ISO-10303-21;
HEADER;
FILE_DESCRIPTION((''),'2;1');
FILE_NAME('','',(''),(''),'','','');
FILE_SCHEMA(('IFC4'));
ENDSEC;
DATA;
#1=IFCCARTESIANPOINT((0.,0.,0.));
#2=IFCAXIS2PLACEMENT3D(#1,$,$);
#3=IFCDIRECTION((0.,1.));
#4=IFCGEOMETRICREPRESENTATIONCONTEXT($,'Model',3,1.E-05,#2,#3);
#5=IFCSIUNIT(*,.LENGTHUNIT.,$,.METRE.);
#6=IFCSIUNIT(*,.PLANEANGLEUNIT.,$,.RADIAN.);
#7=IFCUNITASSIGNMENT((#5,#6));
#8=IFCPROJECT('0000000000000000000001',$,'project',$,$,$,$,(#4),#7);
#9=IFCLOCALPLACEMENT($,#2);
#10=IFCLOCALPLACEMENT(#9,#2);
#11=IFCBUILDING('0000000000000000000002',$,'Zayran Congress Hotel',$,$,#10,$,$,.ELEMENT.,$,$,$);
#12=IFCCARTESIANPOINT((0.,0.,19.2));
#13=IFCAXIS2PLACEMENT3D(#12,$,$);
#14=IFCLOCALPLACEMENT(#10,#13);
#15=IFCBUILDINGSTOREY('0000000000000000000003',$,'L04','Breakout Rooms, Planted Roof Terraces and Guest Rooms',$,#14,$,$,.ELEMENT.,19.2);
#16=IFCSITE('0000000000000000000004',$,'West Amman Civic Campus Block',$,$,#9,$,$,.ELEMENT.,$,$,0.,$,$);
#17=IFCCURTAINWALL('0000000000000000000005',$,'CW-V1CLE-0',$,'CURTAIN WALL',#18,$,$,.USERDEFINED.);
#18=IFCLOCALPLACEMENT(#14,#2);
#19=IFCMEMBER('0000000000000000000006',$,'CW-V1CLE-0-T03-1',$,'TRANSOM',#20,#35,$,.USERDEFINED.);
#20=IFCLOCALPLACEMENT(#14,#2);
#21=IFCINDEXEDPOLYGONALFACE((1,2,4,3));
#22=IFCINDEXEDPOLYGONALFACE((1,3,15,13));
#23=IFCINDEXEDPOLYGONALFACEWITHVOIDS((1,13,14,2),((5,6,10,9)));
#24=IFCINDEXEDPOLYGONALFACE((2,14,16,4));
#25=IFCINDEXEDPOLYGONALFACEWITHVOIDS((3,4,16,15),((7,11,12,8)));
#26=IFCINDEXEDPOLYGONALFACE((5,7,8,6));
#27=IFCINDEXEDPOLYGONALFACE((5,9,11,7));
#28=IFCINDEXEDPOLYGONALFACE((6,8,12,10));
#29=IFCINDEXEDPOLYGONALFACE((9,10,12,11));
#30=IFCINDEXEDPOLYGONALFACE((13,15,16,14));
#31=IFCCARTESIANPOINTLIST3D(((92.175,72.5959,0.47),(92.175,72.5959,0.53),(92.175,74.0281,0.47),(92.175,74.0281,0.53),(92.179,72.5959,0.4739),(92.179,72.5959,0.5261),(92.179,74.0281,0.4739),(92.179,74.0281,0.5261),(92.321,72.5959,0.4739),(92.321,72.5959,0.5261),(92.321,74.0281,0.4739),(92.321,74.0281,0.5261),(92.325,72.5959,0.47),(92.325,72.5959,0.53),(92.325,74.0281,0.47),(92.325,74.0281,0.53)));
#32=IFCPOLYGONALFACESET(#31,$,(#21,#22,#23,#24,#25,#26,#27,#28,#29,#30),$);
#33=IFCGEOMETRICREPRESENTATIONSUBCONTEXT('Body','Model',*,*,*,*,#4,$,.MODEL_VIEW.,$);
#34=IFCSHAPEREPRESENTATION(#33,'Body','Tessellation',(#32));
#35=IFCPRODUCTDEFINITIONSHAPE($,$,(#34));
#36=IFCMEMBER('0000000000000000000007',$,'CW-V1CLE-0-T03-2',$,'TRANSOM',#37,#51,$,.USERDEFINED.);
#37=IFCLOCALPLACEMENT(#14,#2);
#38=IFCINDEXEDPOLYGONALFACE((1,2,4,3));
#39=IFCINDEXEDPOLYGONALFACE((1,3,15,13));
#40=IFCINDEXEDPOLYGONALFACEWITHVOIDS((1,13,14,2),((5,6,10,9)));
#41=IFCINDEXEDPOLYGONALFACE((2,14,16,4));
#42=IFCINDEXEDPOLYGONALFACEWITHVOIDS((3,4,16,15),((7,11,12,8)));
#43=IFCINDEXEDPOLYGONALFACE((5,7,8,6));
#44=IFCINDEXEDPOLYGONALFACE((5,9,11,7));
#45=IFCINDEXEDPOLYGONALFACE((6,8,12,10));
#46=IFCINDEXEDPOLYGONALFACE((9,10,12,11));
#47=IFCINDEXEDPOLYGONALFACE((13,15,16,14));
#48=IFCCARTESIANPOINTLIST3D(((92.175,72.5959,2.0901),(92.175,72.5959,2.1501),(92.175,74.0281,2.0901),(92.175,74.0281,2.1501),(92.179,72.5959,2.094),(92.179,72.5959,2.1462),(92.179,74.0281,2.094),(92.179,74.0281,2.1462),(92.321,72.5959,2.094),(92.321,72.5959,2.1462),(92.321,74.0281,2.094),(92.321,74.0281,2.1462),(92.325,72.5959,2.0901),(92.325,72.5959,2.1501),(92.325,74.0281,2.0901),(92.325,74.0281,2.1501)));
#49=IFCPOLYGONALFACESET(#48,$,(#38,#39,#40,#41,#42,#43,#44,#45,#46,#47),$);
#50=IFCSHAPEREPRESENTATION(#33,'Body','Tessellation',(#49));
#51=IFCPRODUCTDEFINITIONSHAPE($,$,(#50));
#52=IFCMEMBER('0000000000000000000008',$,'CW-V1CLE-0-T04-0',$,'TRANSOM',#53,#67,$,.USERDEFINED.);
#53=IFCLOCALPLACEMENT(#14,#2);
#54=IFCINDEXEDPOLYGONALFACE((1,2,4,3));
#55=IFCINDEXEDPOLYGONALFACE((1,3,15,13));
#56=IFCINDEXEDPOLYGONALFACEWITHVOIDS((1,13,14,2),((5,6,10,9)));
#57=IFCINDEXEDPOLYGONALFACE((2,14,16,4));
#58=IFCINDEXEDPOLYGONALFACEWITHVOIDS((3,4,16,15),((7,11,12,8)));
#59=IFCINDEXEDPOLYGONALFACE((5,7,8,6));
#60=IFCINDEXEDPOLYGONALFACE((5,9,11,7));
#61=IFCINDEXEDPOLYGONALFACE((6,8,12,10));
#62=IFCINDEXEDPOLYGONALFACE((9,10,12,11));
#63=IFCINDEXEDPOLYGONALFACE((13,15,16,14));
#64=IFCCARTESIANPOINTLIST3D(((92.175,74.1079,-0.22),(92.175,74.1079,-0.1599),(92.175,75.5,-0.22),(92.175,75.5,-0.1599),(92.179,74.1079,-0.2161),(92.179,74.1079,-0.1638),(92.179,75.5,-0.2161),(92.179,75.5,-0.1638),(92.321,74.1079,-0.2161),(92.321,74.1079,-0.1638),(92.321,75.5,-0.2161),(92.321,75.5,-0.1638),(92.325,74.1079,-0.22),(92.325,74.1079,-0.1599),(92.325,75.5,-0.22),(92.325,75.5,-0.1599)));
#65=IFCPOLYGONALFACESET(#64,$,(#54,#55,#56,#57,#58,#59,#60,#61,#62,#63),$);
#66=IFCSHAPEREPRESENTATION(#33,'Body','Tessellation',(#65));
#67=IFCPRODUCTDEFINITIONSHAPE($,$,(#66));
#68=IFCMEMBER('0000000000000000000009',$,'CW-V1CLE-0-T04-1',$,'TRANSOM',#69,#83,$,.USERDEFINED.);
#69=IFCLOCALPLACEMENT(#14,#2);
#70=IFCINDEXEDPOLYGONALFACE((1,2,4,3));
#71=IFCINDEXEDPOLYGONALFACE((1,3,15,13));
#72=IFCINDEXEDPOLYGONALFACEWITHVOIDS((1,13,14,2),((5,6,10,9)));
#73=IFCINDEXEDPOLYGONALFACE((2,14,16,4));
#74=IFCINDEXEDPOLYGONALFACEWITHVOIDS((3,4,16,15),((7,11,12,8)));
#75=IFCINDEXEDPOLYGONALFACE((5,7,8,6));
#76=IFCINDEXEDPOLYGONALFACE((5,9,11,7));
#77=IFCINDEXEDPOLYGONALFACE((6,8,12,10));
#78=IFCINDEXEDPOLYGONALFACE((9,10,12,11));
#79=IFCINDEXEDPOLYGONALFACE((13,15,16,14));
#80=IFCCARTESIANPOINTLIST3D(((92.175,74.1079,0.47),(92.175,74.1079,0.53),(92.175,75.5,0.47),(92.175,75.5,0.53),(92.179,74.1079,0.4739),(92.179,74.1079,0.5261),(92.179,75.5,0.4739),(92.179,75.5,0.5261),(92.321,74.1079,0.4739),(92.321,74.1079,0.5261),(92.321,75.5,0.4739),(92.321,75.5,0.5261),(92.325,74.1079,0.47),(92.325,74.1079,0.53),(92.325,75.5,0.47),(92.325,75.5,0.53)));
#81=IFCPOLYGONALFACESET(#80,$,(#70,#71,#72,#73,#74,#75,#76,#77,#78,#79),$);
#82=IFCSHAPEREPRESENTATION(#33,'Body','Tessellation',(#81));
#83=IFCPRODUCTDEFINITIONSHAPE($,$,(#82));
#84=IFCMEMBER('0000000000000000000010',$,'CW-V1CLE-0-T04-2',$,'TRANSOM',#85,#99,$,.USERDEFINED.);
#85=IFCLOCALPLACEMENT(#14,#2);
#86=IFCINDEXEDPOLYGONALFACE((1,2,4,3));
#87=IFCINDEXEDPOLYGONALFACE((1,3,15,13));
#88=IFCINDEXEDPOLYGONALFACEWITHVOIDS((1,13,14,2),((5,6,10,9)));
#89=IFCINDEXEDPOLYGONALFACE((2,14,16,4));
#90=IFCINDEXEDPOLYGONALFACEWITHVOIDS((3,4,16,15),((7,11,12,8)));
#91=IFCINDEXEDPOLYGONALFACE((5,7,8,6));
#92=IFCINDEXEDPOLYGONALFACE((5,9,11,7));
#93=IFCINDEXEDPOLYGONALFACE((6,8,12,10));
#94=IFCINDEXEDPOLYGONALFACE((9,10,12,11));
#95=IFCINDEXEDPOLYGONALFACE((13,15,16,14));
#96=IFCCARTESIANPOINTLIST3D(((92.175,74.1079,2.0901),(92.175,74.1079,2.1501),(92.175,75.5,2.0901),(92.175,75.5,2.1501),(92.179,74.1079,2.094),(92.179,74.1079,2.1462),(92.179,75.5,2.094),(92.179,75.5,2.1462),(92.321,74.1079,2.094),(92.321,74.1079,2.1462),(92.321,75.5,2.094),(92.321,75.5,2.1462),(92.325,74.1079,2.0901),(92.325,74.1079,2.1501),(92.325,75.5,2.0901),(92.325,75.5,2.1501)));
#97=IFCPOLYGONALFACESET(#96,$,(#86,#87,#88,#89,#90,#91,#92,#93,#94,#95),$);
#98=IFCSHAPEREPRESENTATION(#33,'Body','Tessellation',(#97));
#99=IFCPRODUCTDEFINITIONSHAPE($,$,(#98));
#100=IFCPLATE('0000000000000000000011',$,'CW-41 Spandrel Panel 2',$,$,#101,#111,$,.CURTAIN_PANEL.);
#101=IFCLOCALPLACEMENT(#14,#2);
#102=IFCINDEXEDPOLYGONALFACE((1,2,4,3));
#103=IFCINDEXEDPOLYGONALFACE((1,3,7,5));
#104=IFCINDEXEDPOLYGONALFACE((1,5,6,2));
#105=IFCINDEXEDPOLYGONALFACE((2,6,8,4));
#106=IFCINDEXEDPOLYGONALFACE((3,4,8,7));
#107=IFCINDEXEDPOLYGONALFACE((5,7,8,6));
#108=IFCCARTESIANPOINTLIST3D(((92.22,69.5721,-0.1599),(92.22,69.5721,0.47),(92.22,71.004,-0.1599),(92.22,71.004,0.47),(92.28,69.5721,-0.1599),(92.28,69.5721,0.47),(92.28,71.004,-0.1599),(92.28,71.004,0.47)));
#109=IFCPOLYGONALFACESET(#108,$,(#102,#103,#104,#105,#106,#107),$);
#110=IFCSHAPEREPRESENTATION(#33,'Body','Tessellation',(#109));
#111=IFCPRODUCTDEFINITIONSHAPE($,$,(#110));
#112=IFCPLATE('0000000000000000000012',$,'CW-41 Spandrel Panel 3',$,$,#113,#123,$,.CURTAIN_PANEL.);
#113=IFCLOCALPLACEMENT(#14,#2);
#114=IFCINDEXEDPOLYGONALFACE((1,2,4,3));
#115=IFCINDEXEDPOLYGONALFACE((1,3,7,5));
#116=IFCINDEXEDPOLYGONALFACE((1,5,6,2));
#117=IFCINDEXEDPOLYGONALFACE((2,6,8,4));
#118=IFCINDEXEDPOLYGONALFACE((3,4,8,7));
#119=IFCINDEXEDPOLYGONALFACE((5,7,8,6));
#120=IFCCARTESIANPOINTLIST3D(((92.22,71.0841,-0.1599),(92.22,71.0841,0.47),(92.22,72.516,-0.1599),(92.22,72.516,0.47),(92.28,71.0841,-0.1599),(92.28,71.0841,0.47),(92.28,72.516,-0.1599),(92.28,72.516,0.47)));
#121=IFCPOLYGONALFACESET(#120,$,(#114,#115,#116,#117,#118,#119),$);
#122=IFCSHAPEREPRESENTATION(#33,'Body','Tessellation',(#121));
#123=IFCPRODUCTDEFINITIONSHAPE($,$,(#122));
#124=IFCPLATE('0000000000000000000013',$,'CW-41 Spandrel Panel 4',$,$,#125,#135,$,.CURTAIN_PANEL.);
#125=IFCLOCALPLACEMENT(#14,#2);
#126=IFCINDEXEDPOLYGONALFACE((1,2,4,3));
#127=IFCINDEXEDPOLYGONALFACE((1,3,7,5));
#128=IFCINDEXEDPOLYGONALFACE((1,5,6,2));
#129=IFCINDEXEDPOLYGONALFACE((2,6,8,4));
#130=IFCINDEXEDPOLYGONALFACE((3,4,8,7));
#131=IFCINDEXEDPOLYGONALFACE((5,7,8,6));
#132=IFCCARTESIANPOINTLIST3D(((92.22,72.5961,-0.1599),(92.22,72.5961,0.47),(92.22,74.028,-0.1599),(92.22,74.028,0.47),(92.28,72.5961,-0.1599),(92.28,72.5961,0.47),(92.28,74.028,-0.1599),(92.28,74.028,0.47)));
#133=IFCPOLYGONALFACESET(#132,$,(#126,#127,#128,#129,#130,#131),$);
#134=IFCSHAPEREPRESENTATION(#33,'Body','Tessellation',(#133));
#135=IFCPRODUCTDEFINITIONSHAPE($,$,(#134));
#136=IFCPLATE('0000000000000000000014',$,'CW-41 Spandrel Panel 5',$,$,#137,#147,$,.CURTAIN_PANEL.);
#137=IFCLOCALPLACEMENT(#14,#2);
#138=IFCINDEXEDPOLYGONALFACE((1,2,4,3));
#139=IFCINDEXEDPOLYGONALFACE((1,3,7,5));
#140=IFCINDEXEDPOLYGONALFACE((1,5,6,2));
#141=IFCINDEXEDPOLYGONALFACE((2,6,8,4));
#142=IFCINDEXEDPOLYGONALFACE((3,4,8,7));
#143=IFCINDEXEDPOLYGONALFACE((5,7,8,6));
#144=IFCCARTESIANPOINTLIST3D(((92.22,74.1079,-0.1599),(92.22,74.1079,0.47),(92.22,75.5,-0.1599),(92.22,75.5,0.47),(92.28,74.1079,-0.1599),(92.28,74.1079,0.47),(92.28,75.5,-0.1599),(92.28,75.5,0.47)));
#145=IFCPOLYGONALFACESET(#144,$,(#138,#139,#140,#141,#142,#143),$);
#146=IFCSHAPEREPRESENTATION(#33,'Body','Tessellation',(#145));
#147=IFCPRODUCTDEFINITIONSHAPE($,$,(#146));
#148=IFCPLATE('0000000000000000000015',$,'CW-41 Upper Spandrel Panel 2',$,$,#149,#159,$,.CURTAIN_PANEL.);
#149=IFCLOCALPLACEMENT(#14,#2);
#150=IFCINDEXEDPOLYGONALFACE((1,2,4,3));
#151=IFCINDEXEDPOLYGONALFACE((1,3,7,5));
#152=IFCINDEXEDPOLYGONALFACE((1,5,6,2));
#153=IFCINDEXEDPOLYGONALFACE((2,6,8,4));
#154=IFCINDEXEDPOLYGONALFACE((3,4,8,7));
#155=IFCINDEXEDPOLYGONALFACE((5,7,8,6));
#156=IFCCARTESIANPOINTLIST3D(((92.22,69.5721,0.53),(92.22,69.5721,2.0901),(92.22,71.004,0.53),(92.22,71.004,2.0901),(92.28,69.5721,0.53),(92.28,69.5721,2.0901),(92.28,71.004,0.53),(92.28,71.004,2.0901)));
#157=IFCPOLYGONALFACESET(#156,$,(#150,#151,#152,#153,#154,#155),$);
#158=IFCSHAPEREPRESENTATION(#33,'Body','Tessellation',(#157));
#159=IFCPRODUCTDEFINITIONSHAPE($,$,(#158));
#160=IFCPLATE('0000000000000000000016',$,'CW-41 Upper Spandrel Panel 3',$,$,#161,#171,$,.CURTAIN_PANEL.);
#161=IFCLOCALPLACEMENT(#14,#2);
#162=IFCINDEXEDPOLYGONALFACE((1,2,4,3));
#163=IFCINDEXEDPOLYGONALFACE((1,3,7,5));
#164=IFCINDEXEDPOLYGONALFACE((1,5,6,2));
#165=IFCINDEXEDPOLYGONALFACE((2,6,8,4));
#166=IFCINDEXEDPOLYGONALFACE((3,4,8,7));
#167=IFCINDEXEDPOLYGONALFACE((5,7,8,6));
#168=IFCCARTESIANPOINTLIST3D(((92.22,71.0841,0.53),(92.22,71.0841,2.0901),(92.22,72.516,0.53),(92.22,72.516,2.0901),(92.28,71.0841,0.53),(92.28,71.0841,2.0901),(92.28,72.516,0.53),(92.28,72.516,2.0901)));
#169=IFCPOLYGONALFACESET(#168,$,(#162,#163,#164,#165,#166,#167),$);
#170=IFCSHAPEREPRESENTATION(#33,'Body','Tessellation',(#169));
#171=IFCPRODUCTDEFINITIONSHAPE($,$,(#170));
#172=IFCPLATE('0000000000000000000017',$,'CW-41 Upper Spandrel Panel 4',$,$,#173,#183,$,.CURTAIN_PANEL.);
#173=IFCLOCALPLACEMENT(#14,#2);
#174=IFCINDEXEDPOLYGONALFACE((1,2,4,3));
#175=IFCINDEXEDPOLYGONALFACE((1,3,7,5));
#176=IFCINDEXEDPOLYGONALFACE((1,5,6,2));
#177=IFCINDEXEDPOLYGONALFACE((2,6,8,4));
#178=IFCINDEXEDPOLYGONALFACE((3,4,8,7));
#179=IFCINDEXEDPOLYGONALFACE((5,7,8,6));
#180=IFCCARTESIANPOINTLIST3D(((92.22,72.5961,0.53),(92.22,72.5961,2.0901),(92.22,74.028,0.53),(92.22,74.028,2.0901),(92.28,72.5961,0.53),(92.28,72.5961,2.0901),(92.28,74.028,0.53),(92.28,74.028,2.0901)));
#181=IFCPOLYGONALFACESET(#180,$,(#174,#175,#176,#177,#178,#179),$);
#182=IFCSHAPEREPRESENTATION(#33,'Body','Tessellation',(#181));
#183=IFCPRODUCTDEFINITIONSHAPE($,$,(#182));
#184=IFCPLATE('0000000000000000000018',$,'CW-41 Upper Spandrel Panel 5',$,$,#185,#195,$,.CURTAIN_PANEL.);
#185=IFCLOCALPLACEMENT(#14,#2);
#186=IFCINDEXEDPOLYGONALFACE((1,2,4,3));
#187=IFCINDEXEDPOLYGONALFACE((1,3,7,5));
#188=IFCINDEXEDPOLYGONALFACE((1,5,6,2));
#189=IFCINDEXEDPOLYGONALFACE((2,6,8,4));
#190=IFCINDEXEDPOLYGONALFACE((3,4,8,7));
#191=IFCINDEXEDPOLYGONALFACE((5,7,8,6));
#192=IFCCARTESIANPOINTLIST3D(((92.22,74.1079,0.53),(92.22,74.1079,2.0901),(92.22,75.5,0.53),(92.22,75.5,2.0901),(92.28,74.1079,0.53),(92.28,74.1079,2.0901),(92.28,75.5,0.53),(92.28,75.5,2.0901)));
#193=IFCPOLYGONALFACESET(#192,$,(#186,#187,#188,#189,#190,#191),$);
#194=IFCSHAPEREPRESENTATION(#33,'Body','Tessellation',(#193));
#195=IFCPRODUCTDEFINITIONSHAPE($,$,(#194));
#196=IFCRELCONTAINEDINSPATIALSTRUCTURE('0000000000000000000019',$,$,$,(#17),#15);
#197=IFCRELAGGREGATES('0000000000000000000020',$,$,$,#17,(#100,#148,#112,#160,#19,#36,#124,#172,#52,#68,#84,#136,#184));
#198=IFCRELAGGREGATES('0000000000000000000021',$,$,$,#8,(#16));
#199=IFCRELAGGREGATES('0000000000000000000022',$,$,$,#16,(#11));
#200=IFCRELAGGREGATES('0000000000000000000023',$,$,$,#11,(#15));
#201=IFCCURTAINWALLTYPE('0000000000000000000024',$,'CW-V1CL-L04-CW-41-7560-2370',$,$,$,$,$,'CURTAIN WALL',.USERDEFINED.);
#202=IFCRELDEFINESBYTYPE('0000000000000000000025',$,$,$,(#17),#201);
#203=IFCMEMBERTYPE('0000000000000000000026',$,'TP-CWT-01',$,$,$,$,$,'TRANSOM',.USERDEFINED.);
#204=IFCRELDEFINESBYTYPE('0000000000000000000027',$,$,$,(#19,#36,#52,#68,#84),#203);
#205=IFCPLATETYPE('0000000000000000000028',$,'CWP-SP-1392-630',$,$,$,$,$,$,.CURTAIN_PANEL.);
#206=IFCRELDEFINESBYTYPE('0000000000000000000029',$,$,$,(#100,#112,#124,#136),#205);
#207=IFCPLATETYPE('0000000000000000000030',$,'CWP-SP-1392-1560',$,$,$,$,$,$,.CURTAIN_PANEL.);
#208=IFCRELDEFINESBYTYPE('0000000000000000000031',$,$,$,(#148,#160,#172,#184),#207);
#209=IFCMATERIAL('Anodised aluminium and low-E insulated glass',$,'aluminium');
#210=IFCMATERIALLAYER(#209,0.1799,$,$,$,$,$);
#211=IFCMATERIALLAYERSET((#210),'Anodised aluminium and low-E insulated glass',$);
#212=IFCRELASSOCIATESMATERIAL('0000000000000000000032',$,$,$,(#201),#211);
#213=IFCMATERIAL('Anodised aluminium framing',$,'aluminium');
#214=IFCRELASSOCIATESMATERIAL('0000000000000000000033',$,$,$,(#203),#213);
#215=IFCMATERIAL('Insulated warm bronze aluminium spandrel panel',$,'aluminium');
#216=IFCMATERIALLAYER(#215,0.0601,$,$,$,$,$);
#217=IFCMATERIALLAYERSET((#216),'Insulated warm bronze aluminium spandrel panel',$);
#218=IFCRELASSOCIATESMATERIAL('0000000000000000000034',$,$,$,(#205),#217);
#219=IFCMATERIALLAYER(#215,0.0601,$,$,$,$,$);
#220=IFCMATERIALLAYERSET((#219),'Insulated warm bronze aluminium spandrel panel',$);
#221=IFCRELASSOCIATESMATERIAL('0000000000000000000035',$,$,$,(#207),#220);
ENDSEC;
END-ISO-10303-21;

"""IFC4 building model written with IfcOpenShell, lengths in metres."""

from ifc_helpers import new_model, si_unit, direction, frame, origin, origin_2d, place, context, subcontext, project, spatial, rectangle, hollow_rectangle, extrude, material, layer, layer_set, material_profile, profile_set, type_object, element, aggregate, save


model = new_model("IFC4")

# Units and contexts
model_context = context("Model", 3, precision=1e-05, world=origin(), true_north=direction((0.0, 1.0)))
body_context = subcontext(model_context, "Body", "Model", "MODEL_VIEW")
ifc_project = project(units=[si_unit("LENGTHUNIT", "METRE"), si_unit("PLANEANGLEUNIT", "RADIAN")], contexts=[model_context])

# Site, building, storey
site_placement = place(None, origin())
site = spatial("IfcSite", under=ifc_project, at=site_placement, Name="West Amman Civic Campus Block", CompositionType="ELEMENT", RefElevation=0.0)
building_placement = place(site_placement, origin())
building = spatial("IfcBuilding", under=site, at=building_placement, Name="Zayran Congress Hotel", CompositionType="ELEMENT")
storey_placement = place(building_placement, frame((0.0, 0.0, 19.2)))
storey = spatial("IfcBuildingStorey", under=building, at=storey_placement, Name="L04", Description="Breakout Rooms, Planted Roof Terraces and Guest Rooms", CompositionType="ELEMENT", Elevation=19.2)

# Curtain wall, members, plates
ifc_material_1 = material(Name="Anodised aluminium and low-E insulated glass", Category="aluminium")
ifc_layer_1 = layer(ifc_material_1, 0.1799)
ifc_layer_set_1 = layer_set([ifc_layer_1], Name="Anodised aluminium and low-E insulated glass")
curtain_wall_type = type_object("IfcCurtainWallType", Name="CW-V1CL-L04-CW-41-7560-2370", ElementType="CURTAIN WALL", PredefinedType="USERDEFINED", material=ifc_layer_set_1)
curtain_wall_placement = place(storey_placement, origin())
curtain_wall = element("IfcCurtainWall", 1, at=curtain_wall_placement, inside=storey, type_object=curtain_wall_type, Name="CW-V1CLE-0", ObjectType="CURTAIN WALL", PredefinedType="USERDEFINED")
ifc_material_2 = material(Name="Anodised aluminium framing", Category="aluminium")
ifc_material_profile_1 = material_profile(ifc_material_2, hollow_rectangle(XDim=0.0601, YDim=0.1499, WallThickness=0.0039, at=origin_2d()), Name="RHS 150x60x4")
ifc_profile_set_1 = profile_set([ifc_material_profile_1], Name="Anodised aluminium framing")
member_type_1 = type_object("IfcMemberType", Name="TP-CWT-01", ElementType="TRANSOM", PredefinedType="USERDEFINED", material=ifc_profile_set_1)
member_1_placement = place(storey_placement, frame((92.25, 72.5959, 0.5), z_axis=(0.0, 1.0, 0.0), x_axis=(0.0, 0.0, 1.0)))
member_1 = element("IfcMember", 2, at=member_1_placement, type_object=member_type_1, Name="CW-V1CLE-0-T03-1", ObjectType="TRANSOM", PredefinedType="USERDEFINED", context=body_context, shape_type="SweptSolid", body=[
    extrude(hollow_rectangle(XDim=0.0601, YDim=0.1499, WallThickness=0.0039, at=origin_2d()), origin(), (0.0, 0.0, 1.0), 1.4321),
])
member_2_placement = place(storey_placement, frame((92.25, 72.5959, 2.1201), z_axis=(0.0, 1.0, 0.0), x_axis=(0.0, 0.0, 1.0)))
member_2 = element("IfcMember", 3, at=member_2_placement, type_object=member_type_1, Name="CW-V1CLE-0-T03-2", ObjectType="TRANSOM", PredefinedType="USERDEFINED", context=body_context, shape_type="SweptSolid", body=[
    extrude(hollow_rectangle(XDim=0.0601, YDim=0.1499, WallThickness=0.0039, at=origin_2d()), origin(), (0.0, 0.0, 1.0), 1.4321),
])
member_3_placement = place(storey_placement, frame((92.25, 74.1079, -0.1899), z_axis=(0.0, 1.0, 0.0), x_axis=(0.0, 0.0, 1.0)))
member_3 = element("IfcMember", 4, at=member_3_placement, type_object=member_type_1, Name="CW-V1CLE-0-T04-0", ObjectType="TRANSOM", PredefinedType="USERDEFINED", context=body_context, shape_type="SweptSolid", body=[
    extrude(hollow_rectangle(XDim=0.0601, YDim=0.1499, WallThickness=0.0039, at=origin_2d()), origin(), (0.0, 0.0, 1.0), 1.3921),
])
member_4_placement = place(storey_placement, frame((92.25, 74.1079, 0.5), z_axis=(0.0, 1.0, 0.0), x_axis=(0.0, 0.0, 1.0)))
member_4 = element("IfcMember", 5, at=member_4_placement, type_object=member_type_1, Name="CW-V1CLE-0-T04-1", ObjectType="TRANSOM", PredefinedType="USERDEFINED", context=body_context, shape_type="SweptSolid", body=[
    extrude(hollow_rectangle(XDim=0.0601, YDim=0.1499, WallThickness=0.0039, at=origin_2d()), origin(), (0.0, 0.0, 1.0), 1.3921),
])
member_5_placement = place(storey_placement, frame((92.25, 74.1079, 2.1201), z_axis=(0.0, 1.0, 0.0), x_axis=(0.0, 0.0, 1.0)))
member_5 = element("IfcMember", 6, at=member_5_placement, type_object=member_type_1, Name="CW-V1CLE-0-T04-2", ObjectType="TRANSOM", PredefinedType="USERDEFINED", context=body_context, shape_type="SweptSolid", body=[
    extrude(hollow_rectangle(XDim=0.0601, YDim=0.1499, WallThickness=0.0039, at=origin_2d()), origin(), (0.0, 0.0, 1.0), 1.3921),
])
ifc_material_3 = material(Name="Insulated warm bronze aluminium spandrel panel", Category="aluminium")
ifc_layer_2 = layer(ifc_material_3, 0.0601)
ifc_layer_set_2 = layer_set([ifc_layer_2], Name="Insulated warm bronze aluminium spandrel panel")
plate_type_1 = type_object("IfcPlateType", Name="CWP-SP-1392-630", PredefinedType="CURTAIN_PANEL", material=ifc_layer_set_2)
plate_1_placement = place(storey_placement, frame((92.25, 70.2881, -0.1599), z_axis=(0.0, 0.0, 1.0), x_axis=(0.0, 1.0, 0.0)))
plate_1 = element("IfcPlate", 7, at=plate_1_placement, type_object=plate_type_1, Name="CW-41 Spandrel Panel 2", PredefinedType="CURTAIN_PANEL", context=body_context, shape_type="SweptSolid", body=[
    extrude(rectangle(XDim=1.4319, YDim=0.0601, at=origin_2d()), origin(), (0.0, 0.0, 1.0), 0.6299),
])
plate_2_placement = place(storey_placement, frame((92.25, 71.8, -0.1599), z_axis=(0.0, 0.0, 1.0), x_axis=(0.0, 1.0, 0.0)))
plate_2 = element("IfcPlate", 8, at=plate_2_placement, type_object=plate_type_1, Name="CW-41 Spandrel Panel 3", PredefinedType="CURTAIN_PANEL", context=body_context, shape_type="SweptSolid", body=[
    extrude(rectangle(XDim=1.4319, YDim=0.0601, at=origin_2d()), origin(), (0.0, 0.0, 1.0), 0.6299),
])
plate_3_placement = place(storey_placement, frame((92.25, 73.312, -0.1599), z_axis=(0.0, 0.0, 1.0), x_axis=(0.0, 1.0, 0.0)))
plate_3 = element("IfcPlate", 9, at=plate_3_placement, type_object=plate_type_1, Name="CW-41 Spandrel Panel 4", PredefinedType="CURTAIN_PANEL", context=body_context, shape_type="SweptSolid", body=[
    extrude(rectangle(XDim=1.4319, YDim=0.0601, at=origin_2d()), origin(), (0.0, 0.0, 1.0), 0.6299),
])
plate_4_placement = place(storey_placement, frame((92.25, 74.804, -0.1599), z_axis=(0.0, 0.0, 1.0), x_axis=(0.0, 1.0, 0.0)))
plate_4 = element("IfcPlate", 10, at=plate_4_placement, type_object=plate_type_1, Name="CW-41 Spandrel Panel 5", PredefinedType="CURTAIN_PANEL", context=body_context, shape_type="SweptSolid", body=[
    extrude(rectangle(XDim=1.3921, YDim=0.0601, at=origin_2d()), origin(), (0.0, 0.0, 1.0), 0.6299),
])
ifc_layer_3 = layer(ifc_material_3, 0.0601)
ifc_layer_set_3 = layer_set([ifc_layer_3], Name="Insulated warm bronze aluminium spandrel panel")
plate_type_2 = type_object("IfcPlateType", Name="CWP-SP-1392-1560", PredefinedType="CURTAIN_PANEL", material=ifc_layer_set_3)
plate_5_placement = place(storey_placement, frame((92.25, 70.2881, 0.53), z_axis=(0.0, 0.0, 1.0), x_axis=(0.0, 1.0, 0.0)))
plate_5 = element("IfcPlate", 11, at=plate_5_placement, type_object=plate_type_2, Name="CW-41 Upper Spandrel Panel 2", PredefinedType="CURTAIN_PANEL", context=body_context, shape_type="SweptSolid", body=[
    extrude(rectangle(XDim=1.4319, YDim=0.0601, at=origin_2d()), origin(), (0.0, 0.0, 1.0), 1.5601),
])
plate_6_placement = place(storey_placement, frame((92.25, 71.8, 0.53), z_axis=(0.0, 0.0, 1.0), x_axis=(0.0, 1.0, 0.0)))
plate_6 = element("IfcPlate", 12, at=plate_6_placement, type_object=plate_type_2, Name="CW-41 Upper Spandrel Panel 3", PredefinedType="CURTAIN_PANEL", context=body_context, shape_type="SweptSolid", body=[
    extrude(rectangle(XDim=1.4319, YDim=0.0601, at=origin_2d()), origin(), (0.0, 0.0, 1.0), 1.5601),
])
plate_7_placement = place(storey_placement, frame((92.25, 73.312, 0.53), z_axis=(0.0, 0.0, 1.0), x_axis=(0.0, 1.0, 0.0)))
plate_7 = element("IfcPlate", 13, at=plate_7_placement, type_object=plate_type_2, Name="CW-41 Upper Spandrel Panel 4", PredefinedType="CURTAIN_PANEL", context=body_context, shape_type="SweptSolid", body=[
    extrude(rectangle(XDim=1.4319, YDim=0.0601, at=origin_2d()), origin(), (0.0, 0.0, 1.0), 1.5601),
])
plate_8_placement = place(storey_placement, frame((92.25, 74.804, 0.53), z_axis=(0.0, 0.0, 1.0), x_axis=(0.0, 1.0, 0.0)))
plate_8 = element("IfcPlate", 14, at=plate_8_placement, type_object=plate_type_2, Name="CW-41 Upper Spandrel Panel 5", PredefinedType="CURTAIN_PANEL", context=body_context, shape_type="SweptSolid", body=[
    extrude(rectangle(XDim=1.3921, YDim=0.0601, at=origin_2d()), origin(), (0.0, 0.0, 1.0), 1.5601),
])
aggregate(curtain_wall, [plate_1, plate_5, plate_2, plate_6, member_1, member_2, plate_3, plate_7, member_3, member_4, member_5, plate_4, plate_8])

save(model, "model.ifc")
